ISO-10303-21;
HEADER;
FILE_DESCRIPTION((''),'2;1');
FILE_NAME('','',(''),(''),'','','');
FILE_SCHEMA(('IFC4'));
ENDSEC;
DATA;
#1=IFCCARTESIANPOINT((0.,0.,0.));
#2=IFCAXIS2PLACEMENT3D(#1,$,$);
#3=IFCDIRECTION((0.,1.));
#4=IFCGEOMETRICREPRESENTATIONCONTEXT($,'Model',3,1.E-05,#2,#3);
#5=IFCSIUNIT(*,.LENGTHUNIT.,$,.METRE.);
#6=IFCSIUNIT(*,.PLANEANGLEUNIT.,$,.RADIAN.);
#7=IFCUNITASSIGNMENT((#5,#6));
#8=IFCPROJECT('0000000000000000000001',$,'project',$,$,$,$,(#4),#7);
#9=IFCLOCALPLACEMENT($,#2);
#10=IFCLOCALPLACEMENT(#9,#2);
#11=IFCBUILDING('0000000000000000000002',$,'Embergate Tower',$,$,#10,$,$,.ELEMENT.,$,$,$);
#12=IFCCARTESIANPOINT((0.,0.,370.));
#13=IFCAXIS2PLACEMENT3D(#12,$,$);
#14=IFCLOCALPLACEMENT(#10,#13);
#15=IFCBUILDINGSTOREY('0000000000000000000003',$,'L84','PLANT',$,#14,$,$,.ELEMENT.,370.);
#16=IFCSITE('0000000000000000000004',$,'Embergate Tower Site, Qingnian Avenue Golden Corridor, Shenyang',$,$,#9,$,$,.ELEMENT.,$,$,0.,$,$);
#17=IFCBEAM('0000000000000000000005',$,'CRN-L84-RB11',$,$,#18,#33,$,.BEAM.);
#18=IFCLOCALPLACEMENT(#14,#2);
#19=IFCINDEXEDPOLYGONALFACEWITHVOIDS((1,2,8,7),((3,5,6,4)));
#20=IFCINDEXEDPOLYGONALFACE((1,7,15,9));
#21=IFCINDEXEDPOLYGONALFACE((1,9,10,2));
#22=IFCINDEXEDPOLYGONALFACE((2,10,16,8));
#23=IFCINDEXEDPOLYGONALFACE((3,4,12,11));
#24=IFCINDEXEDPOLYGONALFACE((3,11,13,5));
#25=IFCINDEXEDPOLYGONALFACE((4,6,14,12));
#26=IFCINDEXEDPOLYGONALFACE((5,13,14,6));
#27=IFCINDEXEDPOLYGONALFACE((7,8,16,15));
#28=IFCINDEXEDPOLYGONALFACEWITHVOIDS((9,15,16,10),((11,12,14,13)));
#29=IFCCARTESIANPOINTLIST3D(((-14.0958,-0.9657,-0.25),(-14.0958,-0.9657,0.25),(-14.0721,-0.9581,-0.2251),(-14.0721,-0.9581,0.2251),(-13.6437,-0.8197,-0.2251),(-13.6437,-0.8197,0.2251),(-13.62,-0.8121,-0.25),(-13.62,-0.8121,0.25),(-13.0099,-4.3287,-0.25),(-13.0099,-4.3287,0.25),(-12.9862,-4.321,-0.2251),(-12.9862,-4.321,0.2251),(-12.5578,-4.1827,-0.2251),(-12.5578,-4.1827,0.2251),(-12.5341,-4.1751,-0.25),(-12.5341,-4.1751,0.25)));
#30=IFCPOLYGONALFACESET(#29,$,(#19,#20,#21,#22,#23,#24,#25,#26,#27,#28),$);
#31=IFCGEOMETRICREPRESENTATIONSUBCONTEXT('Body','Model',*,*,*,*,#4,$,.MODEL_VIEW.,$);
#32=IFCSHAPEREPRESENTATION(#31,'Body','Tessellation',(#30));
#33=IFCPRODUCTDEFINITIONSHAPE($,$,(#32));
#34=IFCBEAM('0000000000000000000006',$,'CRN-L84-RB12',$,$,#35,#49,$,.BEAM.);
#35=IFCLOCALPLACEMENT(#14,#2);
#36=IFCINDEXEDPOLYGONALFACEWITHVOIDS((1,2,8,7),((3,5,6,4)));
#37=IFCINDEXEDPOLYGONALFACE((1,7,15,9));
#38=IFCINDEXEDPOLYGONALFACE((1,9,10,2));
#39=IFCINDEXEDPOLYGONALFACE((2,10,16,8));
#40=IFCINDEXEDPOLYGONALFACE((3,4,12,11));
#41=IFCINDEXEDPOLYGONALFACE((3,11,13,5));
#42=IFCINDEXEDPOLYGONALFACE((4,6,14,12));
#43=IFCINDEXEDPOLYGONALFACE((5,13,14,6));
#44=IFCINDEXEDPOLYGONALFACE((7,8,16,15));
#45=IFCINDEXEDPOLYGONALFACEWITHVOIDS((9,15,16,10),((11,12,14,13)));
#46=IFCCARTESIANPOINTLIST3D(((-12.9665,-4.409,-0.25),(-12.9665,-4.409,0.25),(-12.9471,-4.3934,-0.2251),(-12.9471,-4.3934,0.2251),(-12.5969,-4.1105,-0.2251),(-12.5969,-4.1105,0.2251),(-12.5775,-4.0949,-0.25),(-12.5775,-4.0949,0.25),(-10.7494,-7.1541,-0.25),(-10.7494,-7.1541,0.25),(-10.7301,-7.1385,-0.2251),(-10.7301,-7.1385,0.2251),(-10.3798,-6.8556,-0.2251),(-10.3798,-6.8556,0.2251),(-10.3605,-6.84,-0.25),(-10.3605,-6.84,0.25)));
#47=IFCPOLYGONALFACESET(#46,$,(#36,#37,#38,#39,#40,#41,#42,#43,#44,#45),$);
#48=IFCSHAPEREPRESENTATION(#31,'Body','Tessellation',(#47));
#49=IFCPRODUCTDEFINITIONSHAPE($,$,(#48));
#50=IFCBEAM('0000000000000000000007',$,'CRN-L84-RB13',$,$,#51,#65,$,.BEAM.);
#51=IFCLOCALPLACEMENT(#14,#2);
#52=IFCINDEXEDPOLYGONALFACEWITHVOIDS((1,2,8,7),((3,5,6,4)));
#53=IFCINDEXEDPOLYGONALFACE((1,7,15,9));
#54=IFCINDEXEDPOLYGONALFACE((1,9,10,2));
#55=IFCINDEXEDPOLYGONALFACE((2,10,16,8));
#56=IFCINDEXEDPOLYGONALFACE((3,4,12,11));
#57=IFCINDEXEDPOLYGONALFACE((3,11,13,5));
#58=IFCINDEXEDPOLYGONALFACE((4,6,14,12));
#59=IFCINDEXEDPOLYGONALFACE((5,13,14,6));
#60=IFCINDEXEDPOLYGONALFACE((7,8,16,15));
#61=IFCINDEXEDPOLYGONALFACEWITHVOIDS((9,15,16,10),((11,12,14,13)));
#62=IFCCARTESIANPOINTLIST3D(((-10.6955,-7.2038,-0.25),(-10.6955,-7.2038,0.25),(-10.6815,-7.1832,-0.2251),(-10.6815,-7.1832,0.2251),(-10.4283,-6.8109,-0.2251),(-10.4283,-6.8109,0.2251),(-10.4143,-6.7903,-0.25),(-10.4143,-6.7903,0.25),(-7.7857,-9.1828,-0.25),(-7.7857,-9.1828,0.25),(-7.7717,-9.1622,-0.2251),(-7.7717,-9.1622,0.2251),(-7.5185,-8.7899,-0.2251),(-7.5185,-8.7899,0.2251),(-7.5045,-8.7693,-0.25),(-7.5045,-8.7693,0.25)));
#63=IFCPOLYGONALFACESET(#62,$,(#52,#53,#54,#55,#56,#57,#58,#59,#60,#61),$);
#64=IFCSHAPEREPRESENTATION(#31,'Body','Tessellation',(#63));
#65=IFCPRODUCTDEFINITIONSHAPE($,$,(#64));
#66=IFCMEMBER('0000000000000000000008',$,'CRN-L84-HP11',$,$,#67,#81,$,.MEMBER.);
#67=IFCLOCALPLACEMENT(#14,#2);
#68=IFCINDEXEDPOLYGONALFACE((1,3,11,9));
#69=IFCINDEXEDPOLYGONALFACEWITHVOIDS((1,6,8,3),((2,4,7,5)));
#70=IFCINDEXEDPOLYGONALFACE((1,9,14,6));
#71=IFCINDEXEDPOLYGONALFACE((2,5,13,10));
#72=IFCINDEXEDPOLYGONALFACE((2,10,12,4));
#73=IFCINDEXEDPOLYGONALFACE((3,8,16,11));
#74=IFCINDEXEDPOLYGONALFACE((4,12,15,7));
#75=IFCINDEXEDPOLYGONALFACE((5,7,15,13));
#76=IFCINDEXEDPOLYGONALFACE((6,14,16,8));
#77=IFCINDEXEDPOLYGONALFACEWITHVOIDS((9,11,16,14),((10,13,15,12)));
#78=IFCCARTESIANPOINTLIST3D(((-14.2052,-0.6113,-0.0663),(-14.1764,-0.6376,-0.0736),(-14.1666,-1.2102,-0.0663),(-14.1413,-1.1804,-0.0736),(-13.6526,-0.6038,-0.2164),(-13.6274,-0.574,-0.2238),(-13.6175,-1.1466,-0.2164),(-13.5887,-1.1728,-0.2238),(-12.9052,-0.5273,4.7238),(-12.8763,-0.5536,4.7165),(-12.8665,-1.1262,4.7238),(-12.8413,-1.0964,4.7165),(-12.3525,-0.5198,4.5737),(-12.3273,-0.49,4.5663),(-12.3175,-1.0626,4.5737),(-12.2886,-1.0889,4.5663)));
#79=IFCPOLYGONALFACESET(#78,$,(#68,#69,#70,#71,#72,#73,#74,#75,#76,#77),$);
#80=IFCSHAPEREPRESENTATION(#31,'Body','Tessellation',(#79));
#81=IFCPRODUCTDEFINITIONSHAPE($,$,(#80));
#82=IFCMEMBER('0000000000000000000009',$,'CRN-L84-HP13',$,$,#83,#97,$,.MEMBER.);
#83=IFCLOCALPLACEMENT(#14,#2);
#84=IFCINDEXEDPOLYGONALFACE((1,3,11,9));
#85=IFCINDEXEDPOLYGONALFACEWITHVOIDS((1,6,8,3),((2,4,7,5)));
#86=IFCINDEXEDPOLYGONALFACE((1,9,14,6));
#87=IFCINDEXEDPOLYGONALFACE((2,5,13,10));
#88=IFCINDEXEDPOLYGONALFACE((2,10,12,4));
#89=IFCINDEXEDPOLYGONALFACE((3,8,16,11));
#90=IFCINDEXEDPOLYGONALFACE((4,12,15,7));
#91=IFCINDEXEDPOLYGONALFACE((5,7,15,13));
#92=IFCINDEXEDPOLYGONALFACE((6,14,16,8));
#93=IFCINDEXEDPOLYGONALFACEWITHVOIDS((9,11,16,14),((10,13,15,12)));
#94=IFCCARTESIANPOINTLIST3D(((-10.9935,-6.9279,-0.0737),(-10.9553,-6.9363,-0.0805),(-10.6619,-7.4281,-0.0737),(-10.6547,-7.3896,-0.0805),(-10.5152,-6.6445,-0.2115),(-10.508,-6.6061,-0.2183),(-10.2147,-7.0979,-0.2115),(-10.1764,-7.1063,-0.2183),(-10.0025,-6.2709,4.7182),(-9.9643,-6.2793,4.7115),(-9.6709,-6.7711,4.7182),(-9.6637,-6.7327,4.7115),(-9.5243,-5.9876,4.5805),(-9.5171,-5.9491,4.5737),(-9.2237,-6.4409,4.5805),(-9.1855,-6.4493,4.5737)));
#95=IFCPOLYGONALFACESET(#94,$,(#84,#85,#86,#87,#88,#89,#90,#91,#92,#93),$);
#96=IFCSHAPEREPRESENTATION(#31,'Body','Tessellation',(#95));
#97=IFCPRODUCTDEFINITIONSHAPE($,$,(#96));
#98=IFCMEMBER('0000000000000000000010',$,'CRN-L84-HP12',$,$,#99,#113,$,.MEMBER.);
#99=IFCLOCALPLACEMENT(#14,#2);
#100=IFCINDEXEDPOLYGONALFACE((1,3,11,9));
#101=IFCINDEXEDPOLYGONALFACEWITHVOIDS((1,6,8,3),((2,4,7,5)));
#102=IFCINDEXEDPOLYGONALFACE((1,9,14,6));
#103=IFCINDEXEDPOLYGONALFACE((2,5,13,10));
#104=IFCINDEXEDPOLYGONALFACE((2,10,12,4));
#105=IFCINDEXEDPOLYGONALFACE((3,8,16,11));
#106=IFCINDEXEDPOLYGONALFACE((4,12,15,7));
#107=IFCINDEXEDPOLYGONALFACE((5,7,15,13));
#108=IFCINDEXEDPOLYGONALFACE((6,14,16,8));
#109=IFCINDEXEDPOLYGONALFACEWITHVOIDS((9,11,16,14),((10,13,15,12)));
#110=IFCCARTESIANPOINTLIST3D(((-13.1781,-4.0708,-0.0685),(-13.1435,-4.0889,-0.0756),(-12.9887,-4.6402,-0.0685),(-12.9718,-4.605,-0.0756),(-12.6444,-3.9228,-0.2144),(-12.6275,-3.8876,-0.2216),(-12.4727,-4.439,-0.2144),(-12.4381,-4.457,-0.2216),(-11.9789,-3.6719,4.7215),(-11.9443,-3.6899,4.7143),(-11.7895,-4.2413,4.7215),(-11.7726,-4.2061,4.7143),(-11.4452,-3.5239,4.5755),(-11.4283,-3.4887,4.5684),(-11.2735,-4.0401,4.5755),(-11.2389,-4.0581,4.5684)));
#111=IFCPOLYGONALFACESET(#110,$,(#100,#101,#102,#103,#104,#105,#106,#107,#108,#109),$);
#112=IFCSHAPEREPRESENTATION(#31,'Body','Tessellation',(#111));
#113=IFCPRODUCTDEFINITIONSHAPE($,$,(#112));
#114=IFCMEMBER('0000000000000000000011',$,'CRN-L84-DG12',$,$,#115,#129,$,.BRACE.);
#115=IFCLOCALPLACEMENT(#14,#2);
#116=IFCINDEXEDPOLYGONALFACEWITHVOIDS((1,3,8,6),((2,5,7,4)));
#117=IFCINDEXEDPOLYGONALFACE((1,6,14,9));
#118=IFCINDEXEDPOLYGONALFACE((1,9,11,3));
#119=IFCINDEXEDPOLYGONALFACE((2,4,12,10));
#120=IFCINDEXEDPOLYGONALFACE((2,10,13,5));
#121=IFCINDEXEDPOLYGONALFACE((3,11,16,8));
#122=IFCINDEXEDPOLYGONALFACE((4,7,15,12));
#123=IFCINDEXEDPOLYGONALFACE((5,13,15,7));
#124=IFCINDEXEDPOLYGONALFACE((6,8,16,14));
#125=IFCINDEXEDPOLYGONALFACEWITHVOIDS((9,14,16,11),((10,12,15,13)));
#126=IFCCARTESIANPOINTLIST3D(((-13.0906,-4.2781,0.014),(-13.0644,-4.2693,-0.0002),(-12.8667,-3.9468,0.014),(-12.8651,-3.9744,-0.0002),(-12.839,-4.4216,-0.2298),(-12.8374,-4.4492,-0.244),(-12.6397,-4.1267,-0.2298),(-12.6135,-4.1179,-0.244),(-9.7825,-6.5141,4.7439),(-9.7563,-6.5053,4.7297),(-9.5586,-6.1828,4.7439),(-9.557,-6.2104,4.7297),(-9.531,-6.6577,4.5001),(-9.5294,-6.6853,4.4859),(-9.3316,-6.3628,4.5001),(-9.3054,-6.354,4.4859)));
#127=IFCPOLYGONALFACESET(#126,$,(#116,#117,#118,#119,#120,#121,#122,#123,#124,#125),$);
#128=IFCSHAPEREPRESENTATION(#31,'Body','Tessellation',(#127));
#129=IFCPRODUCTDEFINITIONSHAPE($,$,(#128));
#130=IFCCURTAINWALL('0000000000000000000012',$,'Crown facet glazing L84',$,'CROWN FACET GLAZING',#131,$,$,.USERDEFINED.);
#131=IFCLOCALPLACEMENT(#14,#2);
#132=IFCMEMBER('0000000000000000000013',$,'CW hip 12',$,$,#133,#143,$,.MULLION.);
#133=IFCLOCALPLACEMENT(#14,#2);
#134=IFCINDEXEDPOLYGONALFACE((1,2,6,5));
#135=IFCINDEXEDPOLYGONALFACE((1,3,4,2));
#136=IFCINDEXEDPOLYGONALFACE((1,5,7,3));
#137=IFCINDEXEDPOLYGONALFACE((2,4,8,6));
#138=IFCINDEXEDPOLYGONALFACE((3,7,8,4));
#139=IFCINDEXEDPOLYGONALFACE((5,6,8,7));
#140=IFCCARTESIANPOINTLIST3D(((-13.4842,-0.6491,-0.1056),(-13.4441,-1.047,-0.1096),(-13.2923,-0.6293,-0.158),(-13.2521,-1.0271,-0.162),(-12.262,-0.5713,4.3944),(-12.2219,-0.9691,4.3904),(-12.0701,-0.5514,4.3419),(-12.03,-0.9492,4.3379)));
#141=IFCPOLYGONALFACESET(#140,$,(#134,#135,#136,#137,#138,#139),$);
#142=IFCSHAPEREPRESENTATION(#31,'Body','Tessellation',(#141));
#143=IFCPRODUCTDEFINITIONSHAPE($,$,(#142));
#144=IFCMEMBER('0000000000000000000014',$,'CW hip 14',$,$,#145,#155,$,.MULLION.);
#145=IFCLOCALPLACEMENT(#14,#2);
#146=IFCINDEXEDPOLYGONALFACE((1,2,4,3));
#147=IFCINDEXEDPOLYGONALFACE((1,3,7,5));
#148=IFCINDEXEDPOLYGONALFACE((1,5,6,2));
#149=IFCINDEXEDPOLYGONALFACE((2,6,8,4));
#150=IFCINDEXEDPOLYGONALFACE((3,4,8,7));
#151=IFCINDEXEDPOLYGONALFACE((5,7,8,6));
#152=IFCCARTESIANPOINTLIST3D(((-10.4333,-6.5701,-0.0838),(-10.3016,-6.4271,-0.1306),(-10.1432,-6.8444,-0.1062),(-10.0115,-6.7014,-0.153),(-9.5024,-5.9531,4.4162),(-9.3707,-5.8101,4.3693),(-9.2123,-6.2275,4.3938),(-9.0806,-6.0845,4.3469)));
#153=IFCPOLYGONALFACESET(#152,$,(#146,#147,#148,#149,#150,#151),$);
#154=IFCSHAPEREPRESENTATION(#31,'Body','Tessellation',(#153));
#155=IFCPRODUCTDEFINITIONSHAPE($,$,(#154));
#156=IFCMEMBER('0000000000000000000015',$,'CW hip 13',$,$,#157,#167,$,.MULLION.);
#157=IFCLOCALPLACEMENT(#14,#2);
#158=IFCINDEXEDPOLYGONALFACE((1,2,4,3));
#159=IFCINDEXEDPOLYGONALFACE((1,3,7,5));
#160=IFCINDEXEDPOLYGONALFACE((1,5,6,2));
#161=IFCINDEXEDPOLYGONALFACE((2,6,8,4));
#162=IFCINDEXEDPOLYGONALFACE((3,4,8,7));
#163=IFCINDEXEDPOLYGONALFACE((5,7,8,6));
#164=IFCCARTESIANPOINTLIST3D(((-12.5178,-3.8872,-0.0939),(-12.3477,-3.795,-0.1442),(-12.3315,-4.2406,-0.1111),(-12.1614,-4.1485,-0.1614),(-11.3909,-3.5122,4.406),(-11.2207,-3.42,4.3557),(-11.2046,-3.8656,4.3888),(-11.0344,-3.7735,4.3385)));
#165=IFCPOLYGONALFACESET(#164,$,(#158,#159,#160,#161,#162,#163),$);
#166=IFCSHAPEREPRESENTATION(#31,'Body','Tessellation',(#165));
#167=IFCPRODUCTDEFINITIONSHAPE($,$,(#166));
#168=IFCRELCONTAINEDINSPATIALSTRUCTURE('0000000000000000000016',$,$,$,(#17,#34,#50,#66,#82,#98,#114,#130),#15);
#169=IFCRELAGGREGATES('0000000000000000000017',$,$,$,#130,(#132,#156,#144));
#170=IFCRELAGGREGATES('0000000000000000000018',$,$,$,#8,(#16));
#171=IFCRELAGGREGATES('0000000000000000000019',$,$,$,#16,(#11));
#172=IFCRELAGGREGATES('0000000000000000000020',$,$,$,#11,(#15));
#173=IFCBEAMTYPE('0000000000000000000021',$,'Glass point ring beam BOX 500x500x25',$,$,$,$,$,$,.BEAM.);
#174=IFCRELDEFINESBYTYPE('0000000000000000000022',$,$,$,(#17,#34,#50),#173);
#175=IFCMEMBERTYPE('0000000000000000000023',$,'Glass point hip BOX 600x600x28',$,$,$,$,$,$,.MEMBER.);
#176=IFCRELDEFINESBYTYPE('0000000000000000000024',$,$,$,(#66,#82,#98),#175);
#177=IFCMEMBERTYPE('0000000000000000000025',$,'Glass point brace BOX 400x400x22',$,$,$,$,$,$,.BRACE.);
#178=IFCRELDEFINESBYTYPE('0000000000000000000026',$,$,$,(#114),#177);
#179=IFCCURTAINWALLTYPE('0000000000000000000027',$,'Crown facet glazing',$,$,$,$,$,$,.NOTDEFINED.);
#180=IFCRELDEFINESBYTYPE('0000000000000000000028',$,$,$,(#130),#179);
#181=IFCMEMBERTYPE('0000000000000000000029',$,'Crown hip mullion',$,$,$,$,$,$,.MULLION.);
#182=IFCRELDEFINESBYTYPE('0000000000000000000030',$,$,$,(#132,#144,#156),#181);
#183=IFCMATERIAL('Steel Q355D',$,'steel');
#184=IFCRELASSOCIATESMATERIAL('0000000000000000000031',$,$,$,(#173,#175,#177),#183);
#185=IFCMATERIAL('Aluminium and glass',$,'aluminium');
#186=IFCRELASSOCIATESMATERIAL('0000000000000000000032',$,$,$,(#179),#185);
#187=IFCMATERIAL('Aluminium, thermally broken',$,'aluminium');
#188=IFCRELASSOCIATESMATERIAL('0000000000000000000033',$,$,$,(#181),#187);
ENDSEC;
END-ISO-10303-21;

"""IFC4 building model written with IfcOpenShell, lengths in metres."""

from ifc_helpers import new_model, si_unit, direction, frame, origin, origin_2d, place, context, subcontext, project, spatial, rectangle, hollow_rectangle, extrude, source, transform, mapped, material, material_profile, profile_set, type_object, element, aggregate, save


model = new_model("IFC4")

# Units and contexts
model_context = context("Model", 3, precision=1e-05, world=origin(), true_north=direction((0.0, 1.0)))
body_context = subcontext(model_context, "Body", "Model", "MODEL_VIEW")
ifc_project = project(units=[si_unit("LENGTHUNIT", "METRE"), si_unit("PLANEANGLEUNIT", "RADIAN")], contexts=[model_context])

# Site, building, storey
site_placement = place(None, origin())
site = spatial("IfcSite", under=ifc_project, at=site_placement, Name="Embergate Tower Site, Qingnian Avenue Golden Corridor, Shenyang", CompositionType="ELEMENT", RefElevation=0.0)
building_placement = place(site_placement, origin())
building = spatial("IfcBuilding", under=site, at=building_placement, Name="Embergate Tower", CompositionType="ELEMENT")
storey_placement = place(building_placement, frame((0.0, 0.0, 370.0)))
storey = spatial("IfcBuildingStorey", under=building, at=storey_placement, Name="L84", Description="PLANT", CompositionType="ELEMENT", Elevation=370.0)

# Beams
ifc_material_1 = material(Name="Steel Q355D", Category="steel")
ifc_material_profile_1 = material_profile(ifc_material_1, hollow_rectangle(XDim=0.5, YDim=0.5, WallThickness=0.0249, at=origin_2d()), Name="BOX 500x500x25")
ifc_profile_set_1 = profile_set([ifc_material_profile_1], Name="Steel Q355 grade D")
beam_type = type_object("IfcBeamType", Name="Glass point ring beam BOX 500x500x25", PredefinedType="BEAM", material=ifc_profile_set_1)
shared_shape_1 = source(origin(), body_context, "Body", "SweptSolid", [
    extrude(hollow_rectangle(XDim=0.5, YDim=0.5, WallThickness=0.0249, at=origin_2d()), origin(), (0.0, 0.0, 1.0), 3.5339),
])
beam_1_placement = place(storey_placement, frame((-13.8579, -0.8889, 0.0), z_axis=(0.307281, -0.951619, 0.0), x_axis=(0.951619, 0.307281, 0.0)))
element("IfcBeam", 1, at=beam_1_placement, inside=storey, type_object=beam_type, Name="CRN-L84-RB11", PredefinedType="BEAM", context=body_context, shape_type="MappedRepresentation", body=[
    mapped(shared_shape_1, transform((0.0, 0.0, 0.0))),
])
shared_shape_2 = source(origin(), body_context, "Body", "SweptSolid", [
    extrude(hollow_rectangle(XDim=0.5, YDim=0.5, WallThickness=0.0249, at=origin_2d()), origin(), (0.0, 0.0, 1.0), 3.5286),
])
beam_2_placement = place(storey_placement, frame((-12.772, -4.252, 0.0), z_axis=(0.628308, -0.777965, 0.0), x_axis=(0.777965, 0.628308, 0.0)))
element("IfcBeam", 2, at=beam_2_placement, inside=storey, type_object=beam_type, Name="CRN-L84-RB12", PredefinedType="BEAM", context=body_context, shape_type="MappedRepresentation", body=[
    mapped(shared_shape_2, transform((0.0, 0.0, 0.0))),
])
shared_shape_3 = source(origin(), body_context, "Body", "SweptSolid", [
    extrude(hollow_rectangle(XDim=0.5, YDim=0.5, WallThickness=0.0249, at=origin_2d()), origin(), (0.0, 0.0, 1.0), 3.519),
])
beam_3_placement = place(storey_placement, frame((-10.5549, -6.9971, 0.0), z_axis=(0.826892, -0.562361, 0.0), x_axis=(0.562361, 0.826892, 0.0)))
element("IfcBeam", 3, at=beam_3_placement, inside=storey, type_object=beam_type, Name="CRN-L84-RB13", PredefinedType="BEAM", context=body_context, shape_type="MappedRepresentation", body=[
    mapped(shared_shape_3, transform((0.0, 0.0, 0.0))),
])

# Members
ifc_material_profile_2 = material_profile(ifc_material_1, hollow_rectangle(XDim=0.6001, YDim=0.6001, WallThickness=0.0281, at=origin_2d()), Name="BOX 600x600x28")
ifc_profile_set_2 = profile_set([ifc_material_profile_2], Name="Steel Q355 grade D")
member_type_1 = type_object("IfcMemberType", Name="Glass point hip BOX 600x600x28", PredefinedType="MEMBER", material=ifc_profile_set_2)
shared_shape_4 = source(origin(), body_context, "Body", "SweptSolid", [
    extrude(hollow_rectangle(XDim=0.6001, YDim=0.6001, WallThickness=0.0281, at=origin_2d()), origin(), (0.0, 0.0, 1.0), 4.9641),
])
member_1_placement = place(storey_placement, frame((-13.897, -0.8921, -0.145), z_axis=(0.261894, 0.016919, 0.964948), x_axis=(-0.064467, 0.99792, 0.0)))
element("IfcMember", 4, at=member_1_placement, inside=storey, type_object=member_type_1, Name="CRN-L84-HP11", PredefinedType="MEMBER", context=body_context, shape_type="MappedRepresentation", body=[
    mapped(shared_shape_4, transform((0.0, 0.0, 0.0))),
])
shared_shape_5 = source(origin(), body_context, "Body", "SweptSolid", [
    extrude(hollow_rectangle(XDim=0.6001, YDim=0.6001, WallThickness=0.0281, at=origin_2d()), origin(), (0.0, 0.0, 1.0), 4.9373),
])
member_2_placement = place(storey_placement, frame((-10.585, -7.0171, -0.146), z_axis=(0.200711, 0.133065, 0.970571), x_axis=(-0.552566, 0.833469, 0.0)))
element("IfcMember", 5, at=member_2_placement, inside=storey, type_object=member_type_1, Name="CRN-L84-HP13", PredefinedType="MEMBER", context=body_context, shape_type="MappedRepresentation", body=[
    mapped(shared_shape_5, transform((0.0, 0.0, 0.0))),
])
shared_shape_6 = source(origin(), body_context, "Body", "SweptSolid", [
    extrude(hollow_rectangle(XDim=0.6001, YDim=0.6001, WallThickness=0.0281, at=origin_2d()), origin(), (0.0, 0.0, 1.0), 4.9539),
])
member_3_placement = place(storey_placement, frame((-12.8081, -4.2639, -0.145), z_axis=(0.242073, 0.080527, 0.966911), x_axis=(-0.315648, 0.948876, 0.0)))
element("IfcMember", 6, at=member_3_placement, inside=storey, type_object=member_type_1, Name="CRN-L84-HP12", PredefinedType="MEMBER", context=body_context, shape_type="MappedRepresentation", body=[
    mapped(shared_shape_6, transform((0.0, 0.0, 0.0))),
])
ifc_material_profile_3 = material_profile(ifc_material_1, hollow_rectangle(XDim=0.3999, YDim=0.3999, WallThickness=0.022, at=origin_2d()), Name="BOX 400x400x22")
ifc_profile_set_3 = profile_set([ifc_material_profile_3], Name="Steel Q355 grade D")
member_type_2 = type_object("IfcMemberType", Name="Glass point brace BOX 400x400x22", PredefinedType="BRACE", material=ifc_profile_set_3)
shared_shape_7 = source(origin(), body_context, "Body", "SweptSolid", [
    extrude(hollow_rectangle(XDim=0.3999, YDim=0.3999, WallThickness=0.022, at=origin_2d()), origin(), (0.0, 0.0, 1.0), 6.1899),
])
member_4_placement = place(storey_placement, frame((-12.8521, -4.198, -0.115), z_axis=(0.534426, -0.36124, 0.76413), x_axis=(0.560008, 0.828487, 0.0)))
element("IfcMember", 7, at=member_4_placement, inside=storey, type_object=member_type_2, Name="CRN-L84-DG12", PredefinedType="BRACE", context=body_context, shape_type="MappedRepresentation", body=[
    mapped(shared_shape_7, transform((0.0, 0.0, 0.0))),
])

# Curtain wall, members
ifc_material_2 = material(Name="Aluminium and glass", Category="aluminium")
curtain_wall_type = type_object("IfcCurtainWallType", Name="Crown facet glazing", PredefinedType="NOTDEFINED", material=ifc_material_2)
curtain_wall_placement = place(storey_placement, origin())
curtain_wall = element("IfcCurtainWall", 8, at=curtain_wall_placement, inside=storey, type_object=curtain_wall_type, Name="Crown facet glazing L84", ObjectType="CROWN FACET GLAZING", PredefinedType="USERDEFINED")
ifc_material_3 = material(Name="Aluminium, thermally broken", Category="aluminium")
ifc_material_profile_4 = material_profile(ifc_material_3, rectangle(XDim=0.2, YDim=0.3999, at=origin_2d()), Name="AL 400x200")
ifc_profile_set_4 = profile_set([ifc_material_profile_4], Name="Aluminium, thermally broken")
member_type_3 = type_object("IfcMemberType", Name="Crown hip mullion", PredefinedType="MULLION", material=ifc_profile_set_4)
shared_shape_8 = source(origin(), body_context, "Body", "SweptSolid", [
    extrude(rectangle(XDim=0.2, YDim=0.3999, at=origin_2d()), origin(), (0.0, 0.0, 1.0), 4.6636),
])
member_5_placement = place(storey_placement, frame((-13.3682, -0.8381, -0.1338), z_axis=(0.262062, 0.0167, 0.964907), x_axis=(-0.959824, -0.099411, 0.262402)))
member_5 = element("IfcMember", 9, at=member_5_placement, type_object=member_type_3, Name="CW hip 12", PredefinedType="MULLION", context=body_context, shape_type="MappedRepresentation", body=[
    mapped(shared_shape_8, transform((0.0, 0.0, 0.0))),
])
shared_shape_9 = source(origin(), body_context, "Body", "SweptSolid", [
    extrude(rectangle(XDim=0.2, YDim=0.3999, at=origin_2d()), origin(), (0.0, 0.0, 1.0), 4.6365),
])
member_6_placement = place(storey_placement, frame((-10.2224, -6.6357, -0.1184), z_axis=(0.200778, 0.133062, 0.970558), x_axis=(-0.658408, -0.715275, 0.234267)))
member_6 = element("IfcMember", 10, at=member_6_placement, type_object=member_type_3, Name="CW hip 14", PredefinedType="MULLION", context=body_context, shape_type="MappedRepresentation", body=[
    mapped(shared_shape_9, transform((0.0, 0.0, 0.0))),
])
shared_shape_10 = source(origin(), body_context, "Body", "SweptSolid", [
    extrude(rectangle(XDim=0.2, YDim=0.3999, at=origin_2d()), origin(), (0.0, 0.0, 1.0), 4.6541),
])
member_7_placement = place(storey_placement, frame((-12.3396, -4.0178, -0.1277), z_axis=(0.242142, 0.080574, 0.966889), x_axis=(-0.851096, -0.460827, 0.251546)))
member_7 = element("IfcMember", 11, at=member_7_placement, type_object=member_type_3, Name="CW hip 13", PredefinedType="MULLION", context=body_context, shape_type="MappedRepresentation", body=[
    mapped(shared_shape_10, transform((0.0, 0.0, 0.0))),
])
aggregate(curtain_wall, [member_5, member_7, member_6])

save(model, "model.ifc")
